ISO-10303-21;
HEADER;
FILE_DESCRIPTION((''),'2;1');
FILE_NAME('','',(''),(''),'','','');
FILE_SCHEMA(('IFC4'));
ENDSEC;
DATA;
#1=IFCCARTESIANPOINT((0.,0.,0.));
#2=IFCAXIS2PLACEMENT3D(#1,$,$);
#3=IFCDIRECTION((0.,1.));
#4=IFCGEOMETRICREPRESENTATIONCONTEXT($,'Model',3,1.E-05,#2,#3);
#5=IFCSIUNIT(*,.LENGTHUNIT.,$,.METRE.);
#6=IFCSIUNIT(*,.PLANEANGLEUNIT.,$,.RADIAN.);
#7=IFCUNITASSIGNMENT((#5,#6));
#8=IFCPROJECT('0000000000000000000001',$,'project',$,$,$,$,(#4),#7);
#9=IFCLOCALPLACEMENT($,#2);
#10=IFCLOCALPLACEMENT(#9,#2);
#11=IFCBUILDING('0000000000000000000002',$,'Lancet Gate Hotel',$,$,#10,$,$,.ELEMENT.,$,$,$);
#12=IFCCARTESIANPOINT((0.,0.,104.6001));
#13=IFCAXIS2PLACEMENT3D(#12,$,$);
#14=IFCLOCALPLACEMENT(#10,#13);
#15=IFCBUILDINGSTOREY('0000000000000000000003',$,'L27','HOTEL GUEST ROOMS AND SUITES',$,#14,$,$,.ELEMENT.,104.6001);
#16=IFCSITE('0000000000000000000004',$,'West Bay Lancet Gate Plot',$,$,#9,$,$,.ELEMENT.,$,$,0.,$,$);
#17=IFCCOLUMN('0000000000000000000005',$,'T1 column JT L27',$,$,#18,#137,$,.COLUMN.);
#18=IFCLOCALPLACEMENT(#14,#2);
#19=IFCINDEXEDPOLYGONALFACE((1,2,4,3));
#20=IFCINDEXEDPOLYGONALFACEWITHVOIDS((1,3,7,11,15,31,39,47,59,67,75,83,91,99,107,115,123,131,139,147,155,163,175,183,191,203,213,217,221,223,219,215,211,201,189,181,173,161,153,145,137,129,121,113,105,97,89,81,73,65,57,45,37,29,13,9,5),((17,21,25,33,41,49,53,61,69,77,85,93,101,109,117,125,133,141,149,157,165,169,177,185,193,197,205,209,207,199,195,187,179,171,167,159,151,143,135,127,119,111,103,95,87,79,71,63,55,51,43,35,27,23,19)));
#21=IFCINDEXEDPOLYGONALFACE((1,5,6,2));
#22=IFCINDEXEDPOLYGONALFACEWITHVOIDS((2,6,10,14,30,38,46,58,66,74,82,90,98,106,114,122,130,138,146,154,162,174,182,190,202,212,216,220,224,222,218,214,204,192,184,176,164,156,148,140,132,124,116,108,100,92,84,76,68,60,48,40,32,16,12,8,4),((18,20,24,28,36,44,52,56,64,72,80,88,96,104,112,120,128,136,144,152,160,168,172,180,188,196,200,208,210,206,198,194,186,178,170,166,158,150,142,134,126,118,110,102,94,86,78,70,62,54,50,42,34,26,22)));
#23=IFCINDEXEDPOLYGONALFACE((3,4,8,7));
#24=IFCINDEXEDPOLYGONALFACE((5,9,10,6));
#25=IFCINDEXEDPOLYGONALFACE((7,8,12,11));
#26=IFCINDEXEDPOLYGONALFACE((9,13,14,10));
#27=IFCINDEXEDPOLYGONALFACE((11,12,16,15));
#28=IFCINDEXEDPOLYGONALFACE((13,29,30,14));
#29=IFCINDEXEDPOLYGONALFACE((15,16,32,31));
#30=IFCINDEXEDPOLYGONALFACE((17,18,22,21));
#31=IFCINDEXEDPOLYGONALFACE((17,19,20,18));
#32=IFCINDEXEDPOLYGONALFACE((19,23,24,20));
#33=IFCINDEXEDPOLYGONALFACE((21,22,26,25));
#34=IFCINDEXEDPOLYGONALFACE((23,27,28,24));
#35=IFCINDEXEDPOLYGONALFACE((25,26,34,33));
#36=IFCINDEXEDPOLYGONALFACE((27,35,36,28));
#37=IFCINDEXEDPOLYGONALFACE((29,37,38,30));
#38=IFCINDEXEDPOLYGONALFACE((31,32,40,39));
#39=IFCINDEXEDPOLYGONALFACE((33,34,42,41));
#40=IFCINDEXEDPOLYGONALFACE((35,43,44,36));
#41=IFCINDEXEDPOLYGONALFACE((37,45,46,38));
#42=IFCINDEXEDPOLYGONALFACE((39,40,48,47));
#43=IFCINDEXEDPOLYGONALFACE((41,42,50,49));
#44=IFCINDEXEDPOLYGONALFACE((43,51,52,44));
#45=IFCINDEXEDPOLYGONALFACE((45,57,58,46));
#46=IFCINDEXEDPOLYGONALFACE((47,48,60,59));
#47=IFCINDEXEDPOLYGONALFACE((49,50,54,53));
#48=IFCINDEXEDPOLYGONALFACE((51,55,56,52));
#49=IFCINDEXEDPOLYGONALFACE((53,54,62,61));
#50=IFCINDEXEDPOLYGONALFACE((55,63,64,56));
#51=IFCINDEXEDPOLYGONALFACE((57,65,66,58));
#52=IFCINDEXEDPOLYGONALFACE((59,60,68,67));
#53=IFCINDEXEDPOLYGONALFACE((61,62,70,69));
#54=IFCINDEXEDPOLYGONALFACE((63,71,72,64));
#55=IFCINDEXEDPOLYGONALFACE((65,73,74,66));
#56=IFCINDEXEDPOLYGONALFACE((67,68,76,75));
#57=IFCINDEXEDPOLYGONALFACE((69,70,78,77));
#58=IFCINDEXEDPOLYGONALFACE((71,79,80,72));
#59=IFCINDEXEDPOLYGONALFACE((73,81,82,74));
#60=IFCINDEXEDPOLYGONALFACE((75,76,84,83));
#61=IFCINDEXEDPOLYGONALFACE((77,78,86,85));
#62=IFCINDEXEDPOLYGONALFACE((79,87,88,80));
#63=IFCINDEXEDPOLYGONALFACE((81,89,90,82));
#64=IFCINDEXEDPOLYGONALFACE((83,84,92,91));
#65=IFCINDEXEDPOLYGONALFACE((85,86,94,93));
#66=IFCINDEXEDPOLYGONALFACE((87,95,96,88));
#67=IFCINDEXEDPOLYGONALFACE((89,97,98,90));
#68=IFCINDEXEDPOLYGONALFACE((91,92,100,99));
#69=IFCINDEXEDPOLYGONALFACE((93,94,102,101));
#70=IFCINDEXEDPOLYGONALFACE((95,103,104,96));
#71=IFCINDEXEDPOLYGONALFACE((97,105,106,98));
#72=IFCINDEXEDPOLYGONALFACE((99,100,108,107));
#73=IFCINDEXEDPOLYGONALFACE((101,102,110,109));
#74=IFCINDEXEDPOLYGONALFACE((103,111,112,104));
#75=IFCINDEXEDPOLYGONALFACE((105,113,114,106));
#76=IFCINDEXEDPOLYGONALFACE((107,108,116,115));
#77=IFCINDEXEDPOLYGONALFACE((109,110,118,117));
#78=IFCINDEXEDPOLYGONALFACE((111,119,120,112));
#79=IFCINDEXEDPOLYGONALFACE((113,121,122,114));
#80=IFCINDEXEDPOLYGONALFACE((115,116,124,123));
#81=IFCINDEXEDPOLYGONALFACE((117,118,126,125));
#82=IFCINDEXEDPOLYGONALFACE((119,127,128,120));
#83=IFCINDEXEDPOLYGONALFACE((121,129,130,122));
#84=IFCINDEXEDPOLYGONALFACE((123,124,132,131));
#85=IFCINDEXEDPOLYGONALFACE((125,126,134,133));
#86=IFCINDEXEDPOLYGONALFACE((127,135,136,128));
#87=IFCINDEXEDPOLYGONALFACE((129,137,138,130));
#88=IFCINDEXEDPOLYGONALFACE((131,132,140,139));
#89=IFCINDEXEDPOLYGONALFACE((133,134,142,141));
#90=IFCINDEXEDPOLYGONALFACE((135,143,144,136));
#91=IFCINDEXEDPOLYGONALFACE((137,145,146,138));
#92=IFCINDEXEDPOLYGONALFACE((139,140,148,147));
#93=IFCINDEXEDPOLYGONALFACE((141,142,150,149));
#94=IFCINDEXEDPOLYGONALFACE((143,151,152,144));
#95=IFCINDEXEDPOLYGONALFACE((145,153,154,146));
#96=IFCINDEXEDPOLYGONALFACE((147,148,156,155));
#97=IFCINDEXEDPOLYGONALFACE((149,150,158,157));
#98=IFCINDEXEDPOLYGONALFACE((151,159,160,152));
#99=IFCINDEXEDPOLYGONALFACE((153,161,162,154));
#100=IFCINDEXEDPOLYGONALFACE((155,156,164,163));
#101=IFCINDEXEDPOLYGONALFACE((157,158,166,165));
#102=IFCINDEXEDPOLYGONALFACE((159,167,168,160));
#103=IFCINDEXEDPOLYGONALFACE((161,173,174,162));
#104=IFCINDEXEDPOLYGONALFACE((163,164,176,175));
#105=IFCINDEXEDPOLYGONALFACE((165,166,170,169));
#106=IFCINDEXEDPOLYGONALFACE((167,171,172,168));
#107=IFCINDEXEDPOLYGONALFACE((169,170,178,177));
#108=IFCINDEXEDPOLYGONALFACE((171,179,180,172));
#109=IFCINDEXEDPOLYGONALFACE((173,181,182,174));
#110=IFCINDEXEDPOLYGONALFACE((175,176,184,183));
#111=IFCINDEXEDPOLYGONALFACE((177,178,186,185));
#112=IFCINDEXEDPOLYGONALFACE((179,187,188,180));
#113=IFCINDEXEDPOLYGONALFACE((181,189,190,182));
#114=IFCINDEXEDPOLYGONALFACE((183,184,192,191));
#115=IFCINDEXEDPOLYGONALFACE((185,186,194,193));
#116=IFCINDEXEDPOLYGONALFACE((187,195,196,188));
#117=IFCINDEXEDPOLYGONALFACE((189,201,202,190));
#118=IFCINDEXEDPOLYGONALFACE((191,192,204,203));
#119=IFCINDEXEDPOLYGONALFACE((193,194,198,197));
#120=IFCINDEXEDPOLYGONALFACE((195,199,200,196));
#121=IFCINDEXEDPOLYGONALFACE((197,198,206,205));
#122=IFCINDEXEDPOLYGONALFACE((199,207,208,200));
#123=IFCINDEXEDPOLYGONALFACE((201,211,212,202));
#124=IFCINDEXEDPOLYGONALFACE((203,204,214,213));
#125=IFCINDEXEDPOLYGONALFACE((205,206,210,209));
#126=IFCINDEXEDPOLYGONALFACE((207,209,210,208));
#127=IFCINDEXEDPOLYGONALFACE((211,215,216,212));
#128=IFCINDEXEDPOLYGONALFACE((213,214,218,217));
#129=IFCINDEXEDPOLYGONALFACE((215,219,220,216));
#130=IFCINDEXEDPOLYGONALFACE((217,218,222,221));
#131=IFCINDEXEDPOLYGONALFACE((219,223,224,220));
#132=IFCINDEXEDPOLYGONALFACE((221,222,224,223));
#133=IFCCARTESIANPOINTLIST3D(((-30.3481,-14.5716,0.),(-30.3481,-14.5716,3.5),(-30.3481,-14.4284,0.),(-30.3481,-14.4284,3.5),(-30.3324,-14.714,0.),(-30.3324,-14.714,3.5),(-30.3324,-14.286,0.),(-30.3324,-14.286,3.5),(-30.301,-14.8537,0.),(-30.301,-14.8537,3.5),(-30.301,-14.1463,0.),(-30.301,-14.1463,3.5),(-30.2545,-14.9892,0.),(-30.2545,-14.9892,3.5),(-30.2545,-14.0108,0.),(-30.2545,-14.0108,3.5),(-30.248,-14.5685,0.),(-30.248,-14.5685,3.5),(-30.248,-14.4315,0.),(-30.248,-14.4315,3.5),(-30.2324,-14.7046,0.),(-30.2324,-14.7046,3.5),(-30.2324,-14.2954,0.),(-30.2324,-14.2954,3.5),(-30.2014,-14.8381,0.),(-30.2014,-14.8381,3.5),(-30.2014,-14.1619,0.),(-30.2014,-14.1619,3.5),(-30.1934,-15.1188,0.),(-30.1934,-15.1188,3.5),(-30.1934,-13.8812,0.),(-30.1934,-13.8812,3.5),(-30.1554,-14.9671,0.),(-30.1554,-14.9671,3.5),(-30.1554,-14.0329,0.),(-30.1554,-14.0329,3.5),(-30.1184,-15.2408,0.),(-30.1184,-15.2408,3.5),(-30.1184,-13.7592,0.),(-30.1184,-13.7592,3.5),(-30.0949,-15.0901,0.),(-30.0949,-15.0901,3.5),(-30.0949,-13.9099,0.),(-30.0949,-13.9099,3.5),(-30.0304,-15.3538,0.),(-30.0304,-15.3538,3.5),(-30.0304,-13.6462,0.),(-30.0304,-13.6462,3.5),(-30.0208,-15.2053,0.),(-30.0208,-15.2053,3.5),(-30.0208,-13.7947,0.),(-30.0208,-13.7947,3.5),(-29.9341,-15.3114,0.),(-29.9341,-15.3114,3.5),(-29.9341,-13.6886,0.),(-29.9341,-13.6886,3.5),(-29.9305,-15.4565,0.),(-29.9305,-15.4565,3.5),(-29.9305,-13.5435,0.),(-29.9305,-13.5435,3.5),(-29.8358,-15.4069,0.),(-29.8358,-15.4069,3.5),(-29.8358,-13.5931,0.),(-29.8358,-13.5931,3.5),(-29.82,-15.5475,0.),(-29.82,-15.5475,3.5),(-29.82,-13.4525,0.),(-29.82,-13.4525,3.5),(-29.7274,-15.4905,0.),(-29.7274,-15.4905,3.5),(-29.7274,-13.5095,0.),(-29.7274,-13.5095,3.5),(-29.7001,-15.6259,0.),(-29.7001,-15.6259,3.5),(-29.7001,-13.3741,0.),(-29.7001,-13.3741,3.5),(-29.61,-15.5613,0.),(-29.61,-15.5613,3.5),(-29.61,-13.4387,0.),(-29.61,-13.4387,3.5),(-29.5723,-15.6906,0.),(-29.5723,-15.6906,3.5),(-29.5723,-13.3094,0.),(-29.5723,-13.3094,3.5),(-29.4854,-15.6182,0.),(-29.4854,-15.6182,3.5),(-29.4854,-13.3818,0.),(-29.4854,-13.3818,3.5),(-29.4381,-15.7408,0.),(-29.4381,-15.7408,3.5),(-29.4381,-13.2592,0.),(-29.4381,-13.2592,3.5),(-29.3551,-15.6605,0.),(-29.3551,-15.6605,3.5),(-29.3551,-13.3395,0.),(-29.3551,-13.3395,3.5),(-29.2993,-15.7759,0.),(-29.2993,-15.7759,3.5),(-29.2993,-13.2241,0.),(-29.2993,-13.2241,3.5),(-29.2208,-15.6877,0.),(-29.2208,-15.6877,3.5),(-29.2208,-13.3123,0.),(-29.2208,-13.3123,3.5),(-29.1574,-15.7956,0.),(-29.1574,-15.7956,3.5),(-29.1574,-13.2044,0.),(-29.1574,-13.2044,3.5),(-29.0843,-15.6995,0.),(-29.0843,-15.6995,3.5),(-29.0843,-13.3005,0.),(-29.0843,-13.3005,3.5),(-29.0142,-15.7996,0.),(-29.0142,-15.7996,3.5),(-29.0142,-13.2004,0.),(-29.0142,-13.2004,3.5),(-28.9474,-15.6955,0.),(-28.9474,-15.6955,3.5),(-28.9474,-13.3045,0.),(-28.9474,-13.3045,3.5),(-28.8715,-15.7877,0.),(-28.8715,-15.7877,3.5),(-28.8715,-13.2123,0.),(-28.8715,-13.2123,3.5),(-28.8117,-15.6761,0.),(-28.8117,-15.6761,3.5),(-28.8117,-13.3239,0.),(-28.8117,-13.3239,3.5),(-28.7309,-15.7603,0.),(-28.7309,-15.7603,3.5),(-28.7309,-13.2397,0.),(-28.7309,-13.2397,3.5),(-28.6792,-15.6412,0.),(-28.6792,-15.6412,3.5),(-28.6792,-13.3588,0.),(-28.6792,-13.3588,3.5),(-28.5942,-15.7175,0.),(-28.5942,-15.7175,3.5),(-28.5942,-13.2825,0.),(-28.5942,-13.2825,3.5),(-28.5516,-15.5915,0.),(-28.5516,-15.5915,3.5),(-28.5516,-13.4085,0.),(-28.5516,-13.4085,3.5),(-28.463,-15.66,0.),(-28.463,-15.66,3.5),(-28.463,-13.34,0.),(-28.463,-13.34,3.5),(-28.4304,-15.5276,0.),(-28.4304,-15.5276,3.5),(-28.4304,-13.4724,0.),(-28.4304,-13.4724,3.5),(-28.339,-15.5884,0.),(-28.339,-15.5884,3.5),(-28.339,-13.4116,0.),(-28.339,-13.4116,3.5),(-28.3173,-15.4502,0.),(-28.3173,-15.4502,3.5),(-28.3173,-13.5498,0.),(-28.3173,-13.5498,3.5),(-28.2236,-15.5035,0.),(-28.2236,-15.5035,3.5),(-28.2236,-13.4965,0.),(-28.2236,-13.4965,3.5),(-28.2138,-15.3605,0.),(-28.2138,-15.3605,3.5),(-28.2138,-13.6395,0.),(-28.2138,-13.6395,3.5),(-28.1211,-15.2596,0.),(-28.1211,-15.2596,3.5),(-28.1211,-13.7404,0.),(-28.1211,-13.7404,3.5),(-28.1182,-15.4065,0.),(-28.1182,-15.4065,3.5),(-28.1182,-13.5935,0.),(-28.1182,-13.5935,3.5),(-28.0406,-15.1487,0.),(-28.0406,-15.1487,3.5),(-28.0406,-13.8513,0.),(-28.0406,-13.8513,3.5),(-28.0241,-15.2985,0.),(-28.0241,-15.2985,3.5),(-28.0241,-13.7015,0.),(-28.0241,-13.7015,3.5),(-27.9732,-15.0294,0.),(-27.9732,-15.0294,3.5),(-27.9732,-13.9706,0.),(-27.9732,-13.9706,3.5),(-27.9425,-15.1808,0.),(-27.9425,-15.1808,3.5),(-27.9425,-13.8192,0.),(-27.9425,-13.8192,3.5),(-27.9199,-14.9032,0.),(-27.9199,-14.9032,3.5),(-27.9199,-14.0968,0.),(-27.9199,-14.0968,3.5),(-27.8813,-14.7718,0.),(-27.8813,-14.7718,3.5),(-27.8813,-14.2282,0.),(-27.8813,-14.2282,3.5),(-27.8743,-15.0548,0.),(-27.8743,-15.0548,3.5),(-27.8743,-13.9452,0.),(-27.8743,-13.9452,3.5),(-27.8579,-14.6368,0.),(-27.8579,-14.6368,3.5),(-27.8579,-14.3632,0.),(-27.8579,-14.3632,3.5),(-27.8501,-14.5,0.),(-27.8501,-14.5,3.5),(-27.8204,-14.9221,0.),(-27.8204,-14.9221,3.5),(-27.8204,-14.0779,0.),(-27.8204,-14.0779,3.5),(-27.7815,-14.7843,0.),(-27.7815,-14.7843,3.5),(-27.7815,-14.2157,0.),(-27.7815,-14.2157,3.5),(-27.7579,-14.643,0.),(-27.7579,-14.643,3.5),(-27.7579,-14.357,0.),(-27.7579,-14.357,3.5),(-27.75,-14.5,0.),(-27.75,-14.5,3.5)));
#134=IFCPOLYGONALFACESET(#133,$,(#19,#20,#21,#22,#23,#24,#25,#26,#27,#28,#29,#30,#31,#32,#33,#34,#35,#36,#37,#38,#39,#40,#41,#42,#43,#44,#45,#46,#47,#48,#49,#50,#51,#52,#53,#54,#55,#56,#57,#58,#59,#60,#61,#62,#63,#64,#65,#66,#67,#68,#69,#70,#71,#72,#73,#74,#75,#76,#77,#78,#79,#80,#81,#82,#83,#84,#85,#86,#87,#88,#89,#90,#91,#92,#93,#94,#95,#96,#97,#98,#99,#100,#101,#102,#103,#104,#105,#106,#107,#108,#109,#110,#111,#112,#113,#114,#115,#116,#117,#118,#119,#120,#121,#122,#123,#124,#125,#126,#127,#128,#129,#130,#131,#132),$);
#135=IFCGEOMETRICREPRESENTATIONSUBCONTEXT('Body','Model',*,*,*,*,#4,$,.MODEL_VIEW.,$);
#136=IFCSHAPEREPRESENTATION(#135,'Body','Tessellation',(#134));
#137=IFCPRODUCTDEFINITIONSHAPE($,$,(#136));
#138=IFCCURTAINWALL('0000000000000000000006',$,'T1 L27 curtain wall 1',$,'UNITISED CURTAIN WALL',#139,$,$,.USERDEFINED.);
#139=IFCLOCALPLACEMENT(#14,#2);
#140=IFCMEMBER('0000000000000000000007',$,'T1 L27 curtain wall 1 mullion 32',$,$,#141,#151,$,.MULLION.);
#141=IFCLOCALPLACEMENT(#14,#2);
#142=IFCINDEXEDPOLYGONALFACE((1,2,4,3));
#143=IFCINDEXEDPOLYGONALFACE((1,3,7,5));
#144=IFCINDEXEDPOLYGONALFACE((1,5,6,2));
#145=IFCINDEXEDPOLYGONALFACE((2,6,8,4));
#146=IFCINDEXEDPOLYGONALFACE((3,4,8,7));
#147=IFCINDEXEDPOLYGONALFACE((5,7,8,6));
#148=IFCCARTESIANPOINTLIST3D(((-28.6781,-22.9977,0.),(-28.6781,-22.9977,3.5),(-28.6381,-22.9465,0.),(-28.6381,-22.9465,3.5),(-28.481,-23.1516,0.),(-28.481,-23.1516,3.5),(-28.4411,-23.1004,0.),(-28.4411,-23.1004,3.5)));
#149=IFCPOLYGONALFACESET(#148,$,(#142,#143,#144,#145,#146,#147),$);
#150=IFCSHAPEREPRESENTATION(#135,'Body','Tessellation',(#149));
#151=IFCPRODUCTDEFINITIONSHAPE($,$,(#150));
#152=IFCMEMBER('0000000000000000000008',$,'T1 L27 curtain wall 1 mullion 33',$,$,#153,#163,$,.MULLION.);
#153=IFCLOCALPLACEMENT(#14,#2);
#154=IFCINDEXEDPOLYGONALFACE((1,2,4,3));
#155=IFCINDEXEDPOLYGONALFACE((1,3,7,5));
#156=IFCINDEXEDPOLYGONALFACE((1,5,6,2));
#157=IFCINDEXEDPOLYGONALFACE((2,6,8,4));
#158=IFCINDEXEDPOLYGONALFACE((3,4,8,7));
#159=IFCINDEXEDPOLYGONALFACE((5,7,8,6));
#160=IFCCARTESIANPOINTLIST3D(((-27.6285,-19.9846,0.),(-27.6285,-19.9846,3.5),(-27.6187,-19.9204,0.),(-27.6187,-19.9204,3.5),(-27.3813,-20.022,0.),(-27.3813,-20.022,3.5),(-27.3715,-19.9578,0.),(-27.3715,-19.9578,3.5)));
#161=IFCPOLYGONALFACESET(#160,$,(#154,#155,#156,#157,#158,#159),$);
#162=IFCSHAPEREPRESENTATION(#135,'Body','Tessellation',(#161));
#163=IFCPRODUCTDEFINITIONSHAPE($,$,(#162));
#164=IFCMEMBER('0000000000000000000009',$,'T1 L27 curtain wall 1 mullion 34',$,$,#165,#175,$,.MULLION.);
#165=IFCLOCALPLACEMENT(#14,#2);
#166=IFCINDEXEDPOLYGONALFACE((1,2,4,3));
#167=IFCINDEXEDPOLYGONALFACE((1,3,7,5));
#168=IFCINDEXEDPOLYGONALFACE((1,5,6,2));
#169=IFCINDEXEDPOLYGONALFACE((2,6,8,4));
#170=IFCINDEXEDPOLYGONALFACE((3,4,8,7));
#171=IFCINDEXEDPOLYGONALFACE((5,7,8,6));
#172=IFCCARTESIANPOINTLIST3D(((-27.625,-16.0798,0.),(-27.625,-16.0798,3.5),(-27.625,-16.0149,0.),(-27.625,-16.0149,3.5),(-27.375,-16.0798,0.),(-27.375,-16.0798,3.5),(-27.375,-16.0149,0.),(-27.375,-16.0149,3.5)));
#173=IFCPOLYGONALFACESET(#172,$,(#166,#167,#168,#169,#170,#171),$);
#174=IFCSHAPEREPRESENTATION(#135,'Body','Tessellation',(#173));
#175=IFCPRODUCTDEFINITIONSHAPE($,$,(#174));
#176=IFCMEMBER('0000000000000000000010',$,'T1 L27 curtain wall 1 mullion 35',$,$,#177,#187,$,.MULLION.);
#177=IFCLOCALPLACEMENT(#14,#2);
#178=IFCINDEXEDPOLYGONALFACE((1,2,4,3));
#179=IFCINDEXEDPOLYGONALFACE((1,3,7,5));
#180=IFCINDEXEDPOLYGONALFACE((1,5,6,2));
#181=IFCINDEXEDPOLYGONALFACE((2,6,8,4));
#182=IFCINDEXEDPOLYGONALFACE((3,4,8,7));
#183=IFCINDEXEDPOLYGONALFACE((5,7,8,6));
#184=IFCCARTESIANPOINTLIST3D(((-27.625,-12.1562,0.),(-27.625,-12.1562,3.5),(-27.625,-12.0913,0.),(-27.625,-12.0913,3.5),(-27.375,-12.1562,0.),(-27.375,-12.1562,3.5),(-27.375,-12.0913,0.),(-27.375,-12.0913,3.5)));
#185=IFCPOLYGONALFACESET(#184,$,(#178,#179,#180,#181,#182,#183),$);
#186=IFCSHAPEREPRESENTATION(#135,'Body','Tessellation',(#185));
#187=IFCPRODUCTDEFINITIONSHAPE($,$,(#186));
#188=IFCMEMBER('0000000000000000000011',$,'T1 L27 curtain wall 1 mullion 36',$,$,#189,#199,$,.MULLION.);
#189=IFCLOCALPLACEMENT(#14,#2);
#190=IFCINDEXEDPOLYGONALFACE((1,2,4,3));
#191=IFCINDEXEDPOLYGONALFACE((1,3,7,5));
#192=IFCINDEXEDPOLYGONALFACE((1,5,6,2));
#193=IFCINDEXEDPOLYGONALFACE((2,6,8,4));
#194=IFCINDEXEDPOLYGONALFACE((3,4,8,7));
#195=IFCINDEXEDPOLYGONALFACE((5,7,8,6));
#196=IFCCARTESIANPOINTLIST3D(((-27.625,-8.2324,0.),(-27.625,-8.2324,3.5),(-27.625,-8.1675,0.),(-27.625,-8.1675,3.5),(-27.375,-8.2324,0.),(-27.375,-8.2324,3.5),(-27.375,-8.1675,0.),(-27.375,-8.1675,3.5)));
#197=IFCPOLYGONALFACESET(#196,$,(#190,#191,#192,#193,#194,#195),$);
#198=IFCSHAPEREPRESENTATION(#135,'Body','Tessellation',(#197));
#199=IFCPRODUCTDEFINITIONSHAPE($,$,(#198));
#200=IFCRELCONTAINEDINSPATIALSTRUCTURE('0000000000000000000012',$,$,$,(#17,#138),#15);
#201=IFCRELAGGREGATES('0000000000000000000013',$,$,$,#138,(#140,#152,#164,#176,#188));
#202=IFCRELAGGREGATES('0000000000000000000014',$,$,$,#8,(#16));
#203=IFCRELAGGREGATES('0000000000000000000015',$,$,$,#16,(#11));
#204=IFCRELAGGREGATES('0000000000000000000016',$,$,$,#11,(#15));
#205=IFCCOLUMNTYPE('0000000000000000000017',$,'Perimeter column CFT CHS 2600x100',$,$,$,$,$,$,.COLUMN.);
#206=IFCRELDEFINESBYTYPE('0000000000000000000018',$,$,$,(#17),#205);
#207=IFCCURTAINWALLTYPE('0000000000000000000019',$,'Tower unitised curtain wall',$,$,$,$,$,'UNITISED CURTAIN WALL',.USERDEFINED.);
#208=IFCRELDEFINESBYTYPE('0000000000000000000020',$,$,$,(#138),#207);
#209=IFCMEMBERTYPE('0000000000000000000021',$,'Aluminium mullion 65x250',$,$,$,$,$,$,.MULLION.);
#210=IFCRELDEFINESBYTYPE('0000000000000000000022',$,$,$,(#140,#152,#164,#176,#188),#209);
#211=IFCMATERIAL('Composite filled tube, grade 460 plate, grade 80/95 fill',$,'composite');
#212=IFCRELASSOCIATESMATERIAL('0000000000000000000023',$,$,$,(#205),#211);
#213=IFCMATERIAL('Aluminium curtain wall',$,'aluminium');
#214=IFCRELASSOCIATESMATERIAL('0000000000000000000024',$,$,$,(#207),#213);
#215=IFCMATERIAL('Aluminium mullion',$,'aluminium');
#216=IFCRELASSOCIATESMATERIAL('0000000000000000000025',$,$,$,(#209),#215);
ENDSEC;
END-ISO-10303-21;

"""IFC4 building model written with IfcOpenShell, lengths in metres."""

from ifc_helpers import new_model, si_unit, direction, frame, origin, origin_2d, place, context, subcontext, project, spatial, rectangle, hollow_circle, extrude, material, material_profile, profile_set, type_object, element, aggregate, save


model = new_model("IFC4")

# Units and contexts
model_context = context("Model", 3, precision=1e-05, world=origin(), true_north=direction((0.0, 1.0)))
body_context = subcontext(model_context, "Body", "Model", "MODEL_VIEW")
ifc_project = project(units=[si_unit("LENGTHUNIT", "METRE"), si_unit("PLANEANGLEUNIT", "RADIAN")], contexts=[model_context])

# Site, building, storey
site_placement = place(None, origin())
site = spatial("IfcSite", under=ifc_project, at=site_placement, Name="West Bay Lancet Gate Plot", CompositionType="ELEMENT", RefElevation=0.0)
building_placement = place(site_placement, origin())
building = spatial("IfcBuilding", under=site, at=building_placement, Name="Lancet Gate Hotel", CompositionType="ELEMENT")
storey_placement = place(building_placement, frame((0.0, 0.0, 104.6001)))
storey = spatial("IfcBuildingStorey", under=building, at=storey_placement, Name="L27", Description="HOTEL GUEST ROOMS AND SUITES", CompositionType="ELEMENT", Elevation=104.6001)

# Column
ifc_material_1 = material(Name="Composite filled tube, grade 460 plate, grade 80/95 fill", Category="composite")
ifc_material_profile_1 = material_profile(ifc_material_1, hollow_circle(Radius=1.3, WallThickness=0.1001, at=origin_2d()), Name="CHS 2600x100")
ifc_profile_set_1 = profile_set([ifc_material_profile_1], Name="Composite filled tube, grade 460 plate, grade 80/95 fill")
column_type = type_object("IfcColumnType", Name="Perimeter column CFT CHS 2600x100", PredefinedType="COLUMN", material=ifc_profile_set_1)
for number, where, z_axis, x_axis, name in (
    (1, (-29.05, -14.5, 0.0), (0.0, 0.0, 1.0), (1.0, 0.0, 0.0), "T1 column JT L27"),
):
    element("IfcColumn", number, at=place(storey_placement, frame(where, z_axis=z_axis, x_axis=x_axis)), inside=storey, type_object=column_type, Name=name, PredefinedType="COLUMN", context=body_context, shape_type="SweptSolid", body=[
        extrude(hollow_circle(Radius=1.3, WallThickness=0.1001, at=origin_2d()), origin(), (0.0, 0.0, 1.0), 3.5),
    ])

# Curtain wall, members
ifc_material_2 = material(Name="Aluminium curtain wall", Category="aluminium")
curtain_wall_type = type_object("IfcCurtainWallType", Name="Tower unitised curtain wall", ElementType="UNITISED CURTAIN WALL", PredefinedType="USERDEFINED", material=ifc_material_2)
curtain_wall_placement = place(storey_placement, origin())
curtain_wall = element("IfcCurtainWall", 2, at=curtain_wall_placement, inside=storey, type_object=curtain_wall_type, Name="T1 L27 curtain wall 1", ObjectType="UNITISED CURTAIN WALL", PredefinedType="USERDEFINED")
ifc_material_3 = material(Name="Aluminium mullion", Category="aluminium")
ifc_material_profile_2 = material_profile(ifc_material_3, rectangle(XDim=0.0649, YDim=0.25, at=origin_2d()), Name="MULLION 65x250")
ifc_profile_set_2 = profile_set([ifc_material_profile_2], Name="Aluminium mullion")
member_type_1 = type_object("IfcMemberType", Name="Aluminium mullion 65x250", PredefinedType="MULLION", material=ifc_profile_set_2)
member_1_placement = place(storey_placement, frame((-28.5596, -23.0491, 0.0), z_axis=(0.0, 0.0, 1.0), x_axis=(0.615574, 0.788079, 0.0)))
member_1 = element("IfcMember", 3, at=member_1_placement, type_object=member_type_1, Name="T1 L27 curtain wall 1 mullion 32", PredefinedType="MULLION", context=body_context, shape_type="SweptSolid", body=[
    extrude(rectangle(XDim=0.0649, YDim=0.25, at=origin_2d()), origin(), (0.0, 0.0, 1.0), 3.5),
])
member_2_placement = place(storey_placement, frame((-27.5, -19.9712, 0.0), z_axis=(0.0, 0.0, 1.0), x_axis=(0.149634, 0.988741, 0.0)))
member_2 = element("IfcMember", 4, at=member_2_placement, type_object=member_type_1, Name="T1 L27 curtain wall 1 mullion 33", PredefinedType="MULLION", context=body_context, shape_type="SweptSolid", body=[
    extrude(rectangle(XDim=0.0649, YDim=0.25, at=origin_2d()), origin(), (0.0, 0.0, 1.0), 3.5),
])
member_3_placement = place(storey_placement, frame((-27.5, -16.0474, 0.0), z_axis=(0.0, 0.0, 1.0), x_axis=(0.0, 1.0, 0.0)))
member_3 = element("IfcMember", 5, at=member_3_placement, type_object=member_type_1, Name="T1 L27 curtain wall 1 mullion 34", PredefinedType="MULLION", context=body_context, shape_type="SweptSolid", body=[
    extrude(rectangle(XDim=0.0649, YDim=0.25, at=origin_2d()), origin(), (0.0, 0.0, 1.0), 3.5),
])
member_4_placement = place(storey_placement, frame((-27.5, -12.1238, 0.0), z_axis=(0.0, 0.0, 1.0), x_axis=(0.0, 1.0, 0.0)))
member_4 = element("IfcMember", 6, at=member_4_placement, type_object=member_type_1, Name="T1 L27 curtain wall 1 mullion 35", PredefinedType="MULLION", context=body_context, shape_type="SweptSolid", body=[
    extrude(rectangle(XDim=0.0649, YDim=0.25, at=origin_2d()), origin(), (0.0, 0.0, 1.0), 3.5),
])
member_5_placement = place(storey_placement, frame((-27.5, -8.2, 0.0), z_axis=(0.0, 0.0, 1.0), x_axis=(0.0, 1.0, 0.0)))
member_5 = element("IfcMember", 7, at=member_5_placement, type_object=member_type_1, Name="T1 L27 curtain wall 1 mullion 36", PredefinedType="MULLION", context=body_context, shape_type="SweptSolid", body=[
    extrude(rectangle(XDim=0.0649, YDim=0.25, at=origin_2d()), origin(), (0.0, 0.0, 1.0), 3.5),
])

aggregate(curtain_wall, [member_1, member_2, member_3, member_4, member_5])

save(model, "model.ifc")
